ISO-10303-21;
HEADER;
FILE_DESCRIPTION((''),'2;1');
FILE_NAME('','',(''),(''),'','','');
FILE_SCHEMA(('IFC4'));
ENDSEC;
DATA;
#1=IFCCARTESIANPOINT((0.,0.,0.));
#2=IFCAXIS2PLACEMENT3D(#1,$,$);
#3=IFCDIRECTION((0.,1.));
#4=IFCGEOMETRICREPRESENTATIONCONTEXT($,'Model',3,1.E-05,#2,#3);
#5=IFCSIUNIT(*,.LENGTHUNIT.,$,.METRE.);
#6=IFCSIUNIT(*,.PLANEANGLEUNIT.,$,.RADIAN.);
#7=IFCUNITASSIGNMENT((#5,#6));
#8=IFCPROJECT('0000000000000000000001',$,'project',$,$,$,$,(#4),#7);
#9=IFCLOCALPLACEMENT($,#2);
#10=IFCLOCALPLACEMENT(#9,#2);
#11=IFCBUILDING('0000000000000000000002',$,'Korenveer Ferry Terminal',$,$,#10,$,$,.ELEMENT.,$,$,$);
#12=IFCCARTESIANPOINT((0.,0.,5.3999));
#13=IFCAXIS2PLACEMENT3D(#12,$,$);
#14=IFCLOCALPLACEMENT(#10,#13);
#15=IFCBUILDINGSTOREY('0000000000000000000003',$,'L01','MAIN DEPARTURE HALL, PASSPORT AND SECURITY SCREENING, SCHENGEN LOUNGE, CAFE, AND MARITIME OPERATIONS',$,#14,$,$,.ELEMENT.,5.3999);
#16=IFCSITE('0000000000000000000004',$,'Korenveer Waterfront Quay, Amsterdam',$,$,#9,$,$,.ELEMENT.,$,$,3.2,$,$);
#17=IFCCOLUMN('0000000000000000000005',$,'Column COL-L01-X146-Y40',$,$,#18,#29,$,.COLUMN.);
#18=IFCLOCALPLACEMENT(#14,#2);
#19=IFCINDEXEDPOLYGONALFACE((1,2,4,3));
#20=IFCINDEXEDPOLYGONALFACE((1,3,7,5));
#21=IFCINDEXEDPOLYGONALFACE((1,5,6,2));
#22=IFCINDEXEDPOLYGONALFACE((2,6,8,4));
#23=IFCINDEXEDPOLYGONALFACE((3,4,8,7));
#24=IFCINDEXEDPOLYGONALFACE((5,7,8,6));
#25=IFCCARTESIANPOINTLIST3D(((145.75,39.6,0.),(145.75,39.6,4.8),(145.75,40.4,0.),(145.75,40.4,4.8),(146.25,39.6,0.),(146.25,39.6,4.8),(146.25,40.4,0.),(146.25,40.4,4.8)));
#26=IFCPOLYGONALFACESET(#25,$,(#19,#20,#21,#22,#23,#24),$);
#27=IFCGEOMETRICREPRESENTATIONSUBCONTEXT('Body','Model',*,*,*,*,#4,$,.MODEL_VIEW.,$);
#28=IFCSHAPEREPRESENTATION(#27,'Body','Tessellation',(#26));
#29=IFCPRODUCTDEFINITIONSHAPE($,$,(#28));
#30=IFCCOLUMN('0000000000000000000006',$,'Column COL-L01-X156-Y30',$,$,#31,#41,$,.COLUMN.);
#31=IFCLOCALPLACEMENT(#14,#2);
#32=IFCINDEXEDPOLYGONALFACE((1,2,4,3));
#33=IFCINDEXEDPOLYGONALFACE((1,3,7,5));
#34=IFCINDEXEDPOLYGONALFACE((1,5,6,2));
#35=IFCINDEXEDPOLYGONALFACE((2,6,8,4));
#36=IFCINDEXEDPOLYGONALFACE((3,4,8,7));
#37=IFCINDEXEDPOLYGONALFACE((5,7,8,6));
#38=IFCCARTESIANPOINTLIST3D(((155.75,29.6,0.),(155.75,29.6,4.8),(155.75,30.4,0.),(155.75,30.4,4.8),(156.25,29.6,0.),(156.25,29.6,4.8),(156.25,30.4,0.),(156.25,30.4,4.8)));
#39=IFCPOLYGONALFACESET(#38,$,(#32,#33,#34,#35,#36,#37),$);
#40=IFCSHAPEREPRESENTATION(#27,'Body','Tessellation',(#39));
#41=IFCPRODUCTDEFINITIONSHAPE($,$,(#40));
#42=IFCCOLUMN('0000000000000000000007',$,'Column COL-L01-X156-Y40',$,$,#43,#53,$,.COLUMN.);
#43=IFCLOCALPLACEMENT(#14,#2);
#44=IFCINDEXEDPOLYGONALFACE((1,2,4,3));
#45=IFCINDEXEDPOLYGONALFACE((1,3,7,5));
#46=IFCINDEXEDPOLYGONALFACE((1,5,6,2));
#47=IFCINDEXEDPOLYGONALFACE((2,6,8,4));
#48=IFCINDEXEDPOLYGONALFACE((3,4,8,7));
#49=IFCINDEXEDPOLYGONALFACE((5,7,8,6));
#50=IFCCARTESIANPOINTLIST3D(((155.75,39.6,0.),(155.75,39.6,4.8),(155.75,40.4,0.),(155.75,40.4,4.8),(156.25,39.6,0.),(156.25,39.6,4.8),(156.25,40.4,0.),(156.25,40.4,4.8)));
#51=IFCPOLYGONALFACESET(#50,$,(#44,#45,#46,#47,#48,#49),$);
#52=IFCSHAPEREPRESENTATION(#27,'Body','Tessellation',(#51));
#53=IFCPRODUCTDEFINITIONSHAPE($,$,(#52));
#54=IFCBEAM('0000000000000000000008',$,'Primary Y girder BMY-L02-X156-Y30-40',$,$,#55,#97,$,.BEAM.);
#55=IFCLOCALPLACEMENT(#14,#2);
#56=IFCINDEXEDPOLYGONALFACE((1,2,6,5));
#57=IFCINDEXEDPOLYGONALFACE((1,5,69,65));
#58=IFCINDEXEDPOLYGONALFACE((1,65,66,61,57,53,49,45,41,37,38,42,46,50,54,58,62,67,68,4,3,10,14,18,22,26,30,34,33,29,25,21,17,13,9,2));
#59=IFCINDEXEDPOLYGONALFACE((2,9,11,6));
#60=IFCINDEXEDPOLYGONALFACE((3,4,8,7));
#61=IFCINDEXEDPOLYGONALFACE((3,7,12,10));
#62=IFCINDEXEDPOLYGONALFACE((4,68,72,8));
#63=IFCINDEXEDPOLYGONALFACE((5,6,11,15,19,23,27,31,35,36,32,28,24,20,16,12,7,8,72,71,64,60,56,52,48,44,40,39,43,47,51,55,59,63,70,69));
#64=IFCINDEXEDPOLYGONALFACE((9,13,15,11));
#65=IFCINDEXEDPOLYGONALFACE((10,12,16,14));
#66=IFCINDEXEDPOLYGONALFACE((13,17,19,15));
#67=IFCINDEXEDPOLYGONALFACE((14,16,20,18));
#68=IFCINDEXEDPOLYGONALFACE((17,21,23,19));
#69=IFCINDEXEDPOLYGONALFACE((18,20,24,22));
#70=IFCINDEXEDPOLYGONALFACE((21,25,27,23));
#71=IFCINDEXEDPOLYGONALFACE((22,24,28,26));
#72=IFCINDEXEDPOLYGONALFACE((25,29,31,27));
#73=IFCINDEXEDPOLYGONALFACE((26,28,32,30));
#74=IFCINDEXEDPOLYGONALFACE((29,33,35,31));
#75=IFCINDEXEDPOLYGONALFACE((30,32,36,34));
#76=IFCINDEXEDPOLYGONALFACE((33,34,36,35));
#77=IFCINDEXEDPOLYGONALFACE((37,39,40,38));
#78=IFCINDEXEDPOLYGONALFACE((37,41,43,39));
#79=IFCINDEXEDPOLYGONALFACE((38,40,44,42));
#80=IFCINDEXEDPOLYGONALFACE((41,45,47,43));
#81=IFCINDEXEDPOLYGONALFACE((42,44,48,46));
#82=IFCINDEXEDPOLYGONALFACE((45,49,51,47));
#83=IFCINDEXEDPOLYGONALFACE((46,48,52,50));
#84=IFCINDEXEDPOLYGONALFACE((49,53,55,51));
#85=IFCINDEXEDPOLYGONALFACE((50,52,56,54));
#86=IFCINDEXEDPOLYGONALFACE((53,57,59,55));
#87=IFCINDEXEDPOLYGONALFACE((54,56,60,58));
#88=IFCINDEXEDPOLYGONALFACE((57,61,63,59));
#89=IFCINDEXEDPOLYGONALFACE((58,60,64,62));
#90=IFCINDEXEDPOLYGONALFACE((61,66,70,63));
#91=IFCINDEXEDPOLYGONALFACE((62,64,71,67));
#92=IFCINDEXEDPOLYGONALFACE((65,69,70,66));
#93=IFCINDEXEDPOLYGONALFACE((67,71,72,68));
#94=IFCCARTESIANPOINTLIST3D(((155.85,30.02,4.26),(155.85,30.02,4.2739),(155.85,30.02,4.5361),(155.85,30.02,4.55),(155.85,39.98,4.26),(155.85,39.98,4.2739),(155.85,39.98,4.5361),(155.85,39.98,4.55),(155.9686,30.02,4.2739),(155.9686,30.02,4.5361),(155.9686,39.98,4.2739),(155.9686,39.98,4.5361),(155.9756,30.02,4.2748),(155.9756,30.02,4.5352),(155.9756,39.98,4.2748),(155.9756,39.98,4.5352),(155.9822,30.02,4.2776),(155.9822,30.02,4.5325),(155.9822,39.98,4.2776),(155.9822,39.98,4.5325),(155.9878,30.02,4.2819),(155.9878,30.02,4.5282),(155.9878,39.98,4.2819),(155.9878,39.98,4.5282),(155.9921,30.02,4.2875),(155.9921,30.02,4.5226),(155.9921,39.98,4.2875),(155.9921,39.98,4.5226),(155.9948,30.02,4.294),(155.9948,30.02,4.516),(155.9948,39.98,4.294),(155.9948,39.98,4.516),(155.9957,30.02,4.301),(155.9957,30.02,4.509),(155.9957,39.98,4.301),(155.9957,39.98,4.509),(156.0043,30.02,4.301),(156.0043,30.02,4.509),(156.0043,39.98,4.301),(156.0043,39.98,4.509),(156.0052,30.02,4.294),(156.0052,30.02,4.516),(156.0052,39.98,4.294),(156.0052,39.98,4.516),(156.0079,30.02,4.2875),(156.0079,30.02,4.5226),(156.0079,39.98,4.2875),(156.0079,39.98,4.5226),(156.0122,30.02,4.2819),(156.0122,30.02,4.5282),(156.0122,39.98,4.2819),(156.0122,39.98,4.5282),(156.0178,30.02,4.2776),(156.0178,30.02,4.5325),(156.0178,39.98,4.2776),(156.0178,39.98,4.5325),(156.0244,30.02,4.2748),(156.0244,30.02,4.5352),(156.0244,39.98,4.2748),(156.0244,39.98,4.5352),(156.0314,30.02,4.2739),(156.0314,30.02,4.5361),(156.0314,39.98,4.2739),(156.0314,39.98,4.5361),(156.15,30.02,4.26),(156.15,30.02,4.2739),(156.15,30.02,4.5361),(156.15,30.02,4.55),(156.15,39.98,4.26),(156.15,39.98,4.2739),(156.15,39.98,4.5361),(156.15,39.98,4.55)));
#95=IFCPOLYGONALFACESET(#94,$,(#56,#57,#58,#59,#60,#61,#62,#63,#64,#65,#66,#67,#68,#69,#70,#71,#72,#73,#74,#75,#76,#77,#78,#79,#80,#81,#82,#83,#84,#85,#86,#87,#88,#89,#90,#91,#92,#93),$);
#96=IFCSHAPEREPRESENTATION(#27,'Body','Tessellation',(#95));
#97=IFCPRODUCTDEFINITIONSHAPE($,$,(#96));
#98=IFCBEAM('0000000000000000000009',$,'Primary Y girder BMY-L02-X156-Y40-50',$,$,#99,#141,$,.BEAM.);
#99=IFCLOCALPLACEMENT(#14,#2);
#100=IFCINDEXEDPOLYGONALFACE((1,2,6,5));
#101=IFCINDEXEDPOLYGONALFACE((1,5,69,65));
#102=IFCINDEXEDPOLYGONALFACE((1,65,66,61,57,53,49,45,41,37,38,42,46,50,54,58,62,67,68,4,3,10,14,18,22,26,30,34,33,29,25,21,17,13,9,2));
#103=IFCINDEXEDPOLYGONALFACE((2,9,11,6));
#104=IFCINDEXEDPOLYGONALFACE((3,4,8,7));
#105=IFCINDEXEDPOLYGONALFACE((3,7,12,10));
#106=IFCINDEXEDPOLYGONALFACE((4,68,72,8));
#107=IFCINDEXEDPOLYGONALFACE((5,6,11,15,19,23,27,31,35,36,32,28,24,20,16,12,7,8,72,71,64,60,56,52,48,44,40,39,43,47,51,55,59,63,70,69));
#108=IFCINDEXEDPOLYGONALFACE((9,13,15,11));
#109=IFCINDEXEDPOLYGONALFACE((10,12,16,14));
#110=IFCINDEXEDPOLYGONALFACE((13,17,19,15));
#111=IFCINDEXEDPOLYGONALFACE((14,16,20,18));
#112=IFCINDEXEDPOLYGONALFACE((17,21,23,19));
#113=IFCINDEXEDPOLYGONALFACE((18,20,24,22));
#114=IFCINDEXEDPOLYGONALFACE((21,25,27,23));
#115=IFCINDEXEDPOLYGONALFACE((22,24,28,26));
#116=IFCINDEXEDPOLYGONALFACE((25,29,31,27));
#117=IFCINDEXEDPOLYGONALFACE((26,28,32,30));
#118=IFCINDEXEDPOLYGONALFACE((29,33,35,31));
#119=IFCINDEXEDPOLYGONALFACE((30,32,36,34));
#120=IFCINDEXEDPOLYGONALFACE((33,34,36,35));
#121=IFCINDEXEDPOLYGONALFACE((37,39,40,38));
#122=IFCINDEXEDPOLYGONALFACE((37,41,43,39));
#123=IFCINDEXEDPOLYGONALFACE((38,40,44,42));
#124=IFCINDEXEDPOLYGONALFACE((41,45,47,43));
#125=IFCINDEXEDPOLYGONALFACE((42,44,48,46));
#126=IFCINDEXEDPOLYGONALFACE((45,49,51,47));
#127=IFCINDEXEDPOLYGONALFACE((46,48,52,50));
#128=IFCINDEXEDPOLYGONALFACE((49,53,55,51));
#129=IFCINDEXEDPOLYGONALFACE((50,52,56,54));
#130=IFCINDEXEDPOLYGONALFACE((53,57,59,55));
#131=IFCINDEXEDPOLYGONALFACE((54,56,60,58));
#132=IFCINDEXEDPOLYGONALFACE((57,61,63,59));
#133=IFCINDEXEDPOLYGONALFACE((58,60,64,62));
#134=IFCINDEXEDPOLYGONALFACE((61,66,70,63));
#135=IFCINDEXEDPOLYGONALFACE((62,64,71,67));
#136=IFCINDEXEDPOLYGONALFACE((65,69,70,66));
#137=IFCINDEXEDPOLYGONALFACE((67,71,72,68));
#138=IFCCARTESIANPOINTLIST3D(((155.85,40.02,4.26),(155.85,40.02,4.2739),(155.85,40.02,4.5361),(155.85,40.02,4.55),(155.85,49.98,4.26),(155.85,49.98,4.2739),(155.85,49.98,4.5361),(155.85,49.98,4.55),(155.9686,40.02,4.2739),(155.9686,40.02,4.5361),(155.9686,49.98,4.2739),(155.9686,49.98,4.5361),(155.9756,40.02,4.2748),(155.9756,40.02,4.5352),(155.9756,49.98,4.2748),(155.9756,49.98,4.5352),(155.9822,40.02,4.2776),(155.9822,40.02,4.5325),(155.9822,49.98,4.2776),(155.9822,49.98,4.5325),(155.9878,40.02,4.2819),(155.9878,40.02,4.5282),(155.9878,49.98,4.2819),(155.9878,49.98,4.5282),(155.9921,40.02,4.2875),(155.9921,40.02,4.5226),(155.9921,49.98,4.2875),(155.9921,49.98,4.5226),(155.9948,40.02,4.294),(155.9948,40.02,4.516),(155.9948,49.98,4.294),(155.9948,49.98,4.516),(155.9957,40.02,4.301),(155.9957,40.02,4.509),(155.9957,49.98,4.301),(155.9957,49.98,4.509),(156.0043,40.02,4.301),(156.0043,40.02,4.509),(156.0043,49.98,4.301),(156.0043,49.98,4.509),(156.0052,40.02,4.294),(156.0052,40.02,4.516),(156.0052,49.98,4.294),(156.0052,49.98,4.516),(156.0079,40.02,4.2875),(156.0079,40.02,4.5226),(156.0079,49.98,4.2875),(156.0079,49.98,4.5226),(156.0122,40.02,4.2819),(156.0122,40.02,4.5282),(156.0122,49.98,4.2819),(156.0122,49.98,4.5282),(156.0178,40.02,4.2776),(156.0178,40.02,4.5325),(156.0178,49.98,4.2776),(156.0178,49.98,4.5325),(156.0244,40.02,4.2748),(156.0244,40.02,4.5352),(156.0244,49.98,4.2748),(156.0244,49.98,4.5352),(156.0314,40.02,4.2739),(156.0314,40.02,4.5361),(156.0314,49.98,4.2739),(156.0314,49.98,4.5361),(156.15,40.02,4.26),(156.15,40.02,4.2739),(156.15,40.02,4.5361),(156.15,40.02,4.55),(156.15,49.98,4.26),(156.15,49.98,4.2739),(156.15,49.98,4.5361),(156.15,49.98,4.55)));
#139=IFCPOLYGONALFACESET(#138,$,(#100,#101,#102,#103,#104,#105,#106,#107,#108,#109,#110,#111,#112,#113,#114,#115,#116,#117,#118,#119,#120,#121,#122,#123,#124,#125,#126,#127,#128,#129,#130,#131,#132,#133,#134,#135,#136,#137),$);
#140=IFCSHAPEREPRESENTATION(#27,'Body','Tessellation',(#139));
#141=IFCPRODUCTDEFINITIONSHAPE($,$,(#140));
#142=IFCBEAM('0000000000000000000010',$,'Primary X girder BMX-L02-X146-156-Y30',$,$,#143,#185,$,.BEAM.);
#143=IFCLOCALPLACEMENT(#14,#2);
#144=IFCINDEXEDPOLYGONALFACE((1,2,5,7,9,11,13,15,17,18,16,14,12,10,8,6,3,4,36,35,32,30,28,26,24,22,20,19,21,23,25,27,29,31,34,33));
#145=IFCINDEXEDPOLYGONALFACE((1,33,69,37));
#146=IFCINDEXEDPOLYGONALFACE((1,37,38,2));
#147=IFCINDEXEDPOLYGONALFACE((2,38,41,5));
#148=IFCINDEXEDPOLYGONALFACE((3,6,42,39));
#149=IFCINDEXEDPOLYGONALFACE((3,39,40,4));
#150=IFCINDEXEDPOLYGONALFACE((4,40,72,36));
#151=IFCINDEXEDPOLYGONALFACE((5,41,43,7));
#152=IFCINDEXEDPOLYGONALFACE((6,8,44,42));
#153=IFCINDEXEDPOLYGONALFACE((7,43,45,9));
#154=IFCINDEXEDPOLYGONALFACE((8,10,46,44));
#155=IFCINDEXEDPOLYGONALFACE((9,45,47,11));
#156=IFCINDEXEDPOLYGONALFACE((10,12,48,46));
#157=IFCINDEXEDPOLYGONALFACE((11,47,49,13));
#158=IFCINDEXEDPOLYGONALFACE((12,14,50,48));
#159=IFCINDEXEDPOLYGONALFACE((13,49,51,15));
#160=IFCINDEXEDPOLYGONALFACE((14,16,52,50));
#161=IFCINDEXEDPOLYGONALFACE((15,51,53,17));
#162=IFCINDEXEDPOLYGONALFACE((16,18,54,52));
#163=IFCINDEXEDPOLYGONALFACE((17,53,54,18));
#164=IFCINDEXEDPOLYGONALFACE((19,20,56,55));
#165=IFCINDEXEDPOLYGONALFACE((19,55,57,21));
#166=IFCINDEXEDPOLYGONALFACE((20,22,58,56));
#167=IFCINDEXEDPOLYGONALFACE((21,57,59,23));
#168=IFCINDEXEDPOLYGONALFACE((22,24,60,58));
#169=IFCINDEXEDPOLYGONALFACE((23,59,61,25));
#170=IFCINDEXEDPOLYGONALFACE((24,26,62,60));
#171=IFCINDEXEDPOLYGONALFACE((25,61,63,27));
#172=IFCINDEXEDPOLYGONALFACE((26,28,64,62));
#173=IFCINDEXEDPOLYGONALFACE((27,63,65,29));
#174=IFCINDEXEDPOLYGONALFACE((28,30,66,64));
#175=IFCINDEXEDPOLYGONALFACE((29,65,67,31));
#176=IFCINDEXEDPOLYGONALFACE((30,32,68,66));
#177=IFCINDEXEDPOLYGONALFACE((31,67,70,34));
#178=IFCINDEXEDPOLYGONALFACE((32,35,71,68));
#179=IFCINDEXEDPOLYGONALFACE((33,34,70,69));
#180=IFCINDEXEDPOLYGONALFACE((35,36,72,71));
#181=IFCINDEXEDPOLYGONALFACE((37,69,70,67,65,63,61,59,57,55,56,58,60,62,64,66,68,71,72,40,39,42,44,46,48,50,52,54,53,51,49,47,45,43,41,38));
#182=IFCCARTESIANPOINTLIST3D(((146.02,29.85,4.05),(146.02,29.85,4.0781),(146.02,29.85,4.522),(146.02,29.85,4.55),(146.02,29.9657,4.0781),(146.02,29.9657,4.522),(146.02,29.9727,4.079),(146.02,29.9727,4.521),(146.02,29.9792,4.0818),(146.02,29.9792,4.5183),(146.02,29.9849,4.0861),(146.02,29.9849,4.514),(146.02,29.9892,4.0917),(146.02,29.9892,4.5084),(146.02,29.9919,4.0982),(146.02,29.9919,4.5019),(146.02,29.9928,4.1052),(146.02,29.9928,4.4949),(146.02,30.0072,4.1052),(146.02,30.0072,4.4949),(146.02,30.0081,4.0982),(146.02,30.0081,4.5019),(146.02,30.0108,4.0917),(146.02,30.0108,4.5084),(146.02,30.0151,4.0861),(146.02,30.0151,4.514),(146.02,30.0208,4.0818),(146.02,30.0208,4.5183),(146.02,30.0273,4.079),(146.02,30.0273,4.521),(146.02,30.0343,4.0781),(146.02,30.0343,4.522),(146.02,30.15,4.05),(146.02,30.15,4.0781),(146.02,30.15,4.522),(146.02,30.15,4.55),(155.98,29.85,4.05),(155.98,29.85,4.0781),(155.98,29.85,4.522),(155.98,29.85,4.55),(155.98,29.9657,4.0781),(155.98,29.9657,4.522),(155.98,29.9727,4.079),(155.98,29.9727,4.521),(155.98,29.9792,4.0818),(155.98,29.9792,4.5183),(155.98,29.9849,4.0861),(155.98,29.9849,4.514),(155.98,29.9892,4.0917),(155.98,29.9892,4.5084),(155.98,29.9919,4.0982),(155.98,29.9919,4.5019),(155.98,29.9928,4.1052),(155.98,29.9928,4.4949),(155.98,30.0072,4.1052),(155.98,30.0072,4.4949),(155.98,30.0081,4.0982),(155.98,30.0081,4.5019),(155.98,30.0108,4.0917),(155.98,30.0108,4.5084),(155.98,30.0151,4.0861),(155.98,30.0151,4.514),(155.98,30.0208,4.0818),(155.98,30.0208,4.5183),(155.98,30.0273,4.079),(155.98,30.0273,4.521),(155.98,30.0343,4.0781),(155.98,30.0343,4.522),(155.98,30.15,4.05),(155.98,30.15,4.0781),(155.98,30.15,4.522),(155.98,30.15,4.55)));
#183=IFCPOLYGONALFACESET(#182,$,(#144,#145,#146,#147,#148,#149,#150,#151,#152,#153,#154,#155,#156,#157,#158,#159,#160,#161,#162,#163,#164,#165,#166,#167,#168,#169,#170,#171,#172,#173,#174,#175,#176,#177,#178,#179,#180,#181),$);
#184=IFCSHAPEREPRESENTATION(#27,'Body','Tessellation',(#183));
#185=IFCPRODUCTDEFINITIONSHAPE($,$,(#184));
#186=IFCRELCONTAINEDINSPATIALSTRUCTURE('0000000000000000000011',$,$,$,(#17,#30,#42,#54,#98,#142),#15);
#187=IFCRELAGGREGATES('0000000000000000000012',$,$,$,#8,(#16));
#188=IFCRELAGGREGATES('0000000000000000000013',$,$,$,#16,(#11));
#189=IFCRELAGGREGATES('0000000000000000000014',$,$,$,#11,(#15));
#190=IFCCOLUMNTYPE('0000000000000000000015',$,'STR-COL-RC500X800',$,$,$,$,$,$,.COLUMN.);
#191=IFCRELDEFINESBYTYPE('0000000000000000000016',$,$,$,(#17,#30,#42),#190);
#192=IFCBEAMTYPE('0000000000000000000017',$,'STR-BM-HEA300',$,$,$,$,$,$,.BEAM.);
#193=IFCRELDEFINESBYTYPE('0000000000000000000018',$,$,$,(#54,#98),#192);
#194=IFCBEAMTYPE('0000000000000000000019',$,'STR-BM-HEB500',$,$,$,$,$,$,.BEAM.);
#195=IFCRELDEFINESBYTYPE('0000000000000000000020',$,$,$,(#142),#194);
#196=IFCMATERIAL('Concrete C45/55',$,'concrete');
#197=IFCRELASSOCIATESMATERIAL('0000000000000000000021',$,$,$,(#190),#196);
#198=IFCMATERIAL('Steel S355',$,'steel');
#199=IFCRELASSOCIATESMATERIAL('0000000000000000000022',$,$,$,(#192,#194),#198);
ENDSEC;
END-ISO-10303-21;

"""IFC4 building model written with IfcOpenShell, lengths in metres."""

from ifc_helpers import new_model, si_unit, direction, frame, origin, origin_2d, place, context, subcontext, project, spatial, rectangle, i_section, extrude, material, material_profile, profile_set, type_object, element, save


model = new_model("IFC4")

# Units and contexts
model_context = context("Model", 3, precision=1e-05, world=origin(), true_north=direction((0.0, 1.0)))
body_context = subcontext(model_context, "Body", "Model", "MODEL_VIEW")
ifc_project = project(units=[si_unit("LENGTHUNIT", "METRE"), si_unit("PLANEANGLEUNIT", "RADIAN")], contexts=[model_context])

# Site, building, storey
site_placement = place(None, origin())
site = spatial("IfcSite", under=ifc_project, at=site_placement, Name="Korenveer Waterfront Quay, Amsterdam", CompositionType="ELEMENT", RefElevation=3.2)
building_placement = place(site_placement, origin())
building = spatial("IfcBuilding", under=site, at=building_placement, Name="Korenveer Ferry Terminal", CompositionType="ELEMENT")
storey_placement = place(building_placement, frame((0.0, 0.0, 5.3999)))
storey = spatial("IfcBuildingStorey", under=building, at=storey_placement, Name="L01", Description="MAIN DEPARTURE HALL, PASSPORT AND SECURITY SCREENING, SCHENGEN LOUNGE, CAFE, AND MARITIME OPERATIONS", CompositionType="ELEMENT", Elevation=5.3999)

# Columns
ifc_material_1 = material(Name="Concrete C45/55", Category="concrete")
ifc_material_profile_1 = material_profile(ifc_material_1, rectangle(XDim=0.5, YDim=0.8, at=origin_2d()), Name="RC 500x800")
ifc_profile_set_1 = profile_set([ifc_material_profile_1], Name="Concrete C45/55")
column_type = type_object("IfcColumnType", Name="STR-COL-RC500X800", PredefinedType="COLUMN", material=ifc_profile_set_1)
for number, where, z_axis, x_axis, name in (
    (1, (146.0, 40.0, 0.0), (0.0, 0.0, 1.0), (1.0, 0.0, 0.0), "Column COL-L01-X146-Y40"),
    (2, (156.0, 30.0, 0.0), (0.0, 0.0, 1.0), (1.0, 0.0, 0.0), "Column COL-L01-X156-Y30"),
    (3, (156.0, 40.0, 0.0), (0.0, 0.0, 1.0), (1.0, 0.0, 0.0), "Column COL-L01-X156-Y40"),
):
    element("IfcColumn", number, at=place(storey_placement, frame(where, z_axis=z_axis, x_axis=x_axis)), inside=storey, type_object=column_type, Name=name, PredefinedType="COLUMN", context=body_context, shape_type="SweptSolid", body=[
        extrude(rectangle(XDim=0.5, YDim=0.8, at=origin_2d()), origin(), (0.0, 0.0, 1.0), 4.8),
    ])

# Beams
ifc_material_2 = material(Name="Steel S355", Category="steel")
ifc_material_profile_2 = material_profile(ifc_material_2, i_section(OverallWidth=0.3, OverallDepth=0.29, WebThickness=0.0085, FlangeThickness=0.0139, FilletRadius=0.0271, at=origin_2d()), Name="HEA 300")
ifc_profile_set_2 = profile_set([ifc_material_profile_2], Name="Steel S355")
beam_type_1 = type_object("IfcBeamType", Name="STR-BM-HEA300", PredefinedType="BEAM", material=ifc_profile_set_2)
for number, where, z_axis, x_axis, name in (
    (4, (156.0, 30.02, 4.405), (0.0, 1.0, 0.0), (-1.0, 0.0, 0.0), "Primary Y girder BMY-L02-X156-Y30-40"),
    (5, (156.0, 40.02, 4.405), (0.0, 1.0, 0.0), (-1.0, 0.0, 0.0), "Primary Y girder BMY-L02-X156-Y40-50"),
):
    element("IfcBeam", number, at=place(storey_placement, frame(where, z_axis=z_axis, x_axis=x_axis)), inside=storey, type_object=beam_type_1, Name=name, PredefinedType="BEAM", context=body_context, shape_type="SweptSolid", body=[
        extrude(i_section(OverallWidth=0.3, OverallDepth=0.29, WebThickness=0.0085, FlangeThickness=0.0139, FilletRadius=0.0271, at=origin_2d()), origin(), (0.0, 0.0, 1.0), 9.96),
    ])
ifc_material_profile_3 = material_profile(ifc_material_2, i_section(OverallWidth=0.3, OverallDepth=0.5, WebThickness=0.0144, FlangeThickness=0.0281, FilletRadius=0.0271, at=origin_2d()), Name="HEB 500")
ifc_profile_set_3 = profile_set([ifc_material_profile_3], Name="Steel S355")
beam_type_2 = type_object("IfcBeamType", Name="STR-BM-HEB500", PredefinedType="BEAM", material=ifc_profile_set_3)
for number, where, z_axis, x_axis, name in (
    (6, (146.02, 30.0, 4.3), (1.0, 0.0, 0.0), (0.0, 1.0, 0.0), "Primary X girder BMX-L02-X146-156-Y30"),
):
    element("IfcBeam", number, at=place(storey_placement, frame(where, z_axis=z_axis, x_axis=x_axis)), inside=storey, type_object=beam_type_2, Name=name, PredefinedType="BEAM", context=body_context, shape_type="SweptSolid", body=[
        extrude(i_section(OverallWidth=0.3, OverallDepth=0.5, WebThickness=0.0144, FlangeThickness=0.0281, FilletRadius=0.0271, at=origin_2d()), origin(), (0.0, 0.0, 1.0), 9.96),
    ])

save(model, "model.ifc")
